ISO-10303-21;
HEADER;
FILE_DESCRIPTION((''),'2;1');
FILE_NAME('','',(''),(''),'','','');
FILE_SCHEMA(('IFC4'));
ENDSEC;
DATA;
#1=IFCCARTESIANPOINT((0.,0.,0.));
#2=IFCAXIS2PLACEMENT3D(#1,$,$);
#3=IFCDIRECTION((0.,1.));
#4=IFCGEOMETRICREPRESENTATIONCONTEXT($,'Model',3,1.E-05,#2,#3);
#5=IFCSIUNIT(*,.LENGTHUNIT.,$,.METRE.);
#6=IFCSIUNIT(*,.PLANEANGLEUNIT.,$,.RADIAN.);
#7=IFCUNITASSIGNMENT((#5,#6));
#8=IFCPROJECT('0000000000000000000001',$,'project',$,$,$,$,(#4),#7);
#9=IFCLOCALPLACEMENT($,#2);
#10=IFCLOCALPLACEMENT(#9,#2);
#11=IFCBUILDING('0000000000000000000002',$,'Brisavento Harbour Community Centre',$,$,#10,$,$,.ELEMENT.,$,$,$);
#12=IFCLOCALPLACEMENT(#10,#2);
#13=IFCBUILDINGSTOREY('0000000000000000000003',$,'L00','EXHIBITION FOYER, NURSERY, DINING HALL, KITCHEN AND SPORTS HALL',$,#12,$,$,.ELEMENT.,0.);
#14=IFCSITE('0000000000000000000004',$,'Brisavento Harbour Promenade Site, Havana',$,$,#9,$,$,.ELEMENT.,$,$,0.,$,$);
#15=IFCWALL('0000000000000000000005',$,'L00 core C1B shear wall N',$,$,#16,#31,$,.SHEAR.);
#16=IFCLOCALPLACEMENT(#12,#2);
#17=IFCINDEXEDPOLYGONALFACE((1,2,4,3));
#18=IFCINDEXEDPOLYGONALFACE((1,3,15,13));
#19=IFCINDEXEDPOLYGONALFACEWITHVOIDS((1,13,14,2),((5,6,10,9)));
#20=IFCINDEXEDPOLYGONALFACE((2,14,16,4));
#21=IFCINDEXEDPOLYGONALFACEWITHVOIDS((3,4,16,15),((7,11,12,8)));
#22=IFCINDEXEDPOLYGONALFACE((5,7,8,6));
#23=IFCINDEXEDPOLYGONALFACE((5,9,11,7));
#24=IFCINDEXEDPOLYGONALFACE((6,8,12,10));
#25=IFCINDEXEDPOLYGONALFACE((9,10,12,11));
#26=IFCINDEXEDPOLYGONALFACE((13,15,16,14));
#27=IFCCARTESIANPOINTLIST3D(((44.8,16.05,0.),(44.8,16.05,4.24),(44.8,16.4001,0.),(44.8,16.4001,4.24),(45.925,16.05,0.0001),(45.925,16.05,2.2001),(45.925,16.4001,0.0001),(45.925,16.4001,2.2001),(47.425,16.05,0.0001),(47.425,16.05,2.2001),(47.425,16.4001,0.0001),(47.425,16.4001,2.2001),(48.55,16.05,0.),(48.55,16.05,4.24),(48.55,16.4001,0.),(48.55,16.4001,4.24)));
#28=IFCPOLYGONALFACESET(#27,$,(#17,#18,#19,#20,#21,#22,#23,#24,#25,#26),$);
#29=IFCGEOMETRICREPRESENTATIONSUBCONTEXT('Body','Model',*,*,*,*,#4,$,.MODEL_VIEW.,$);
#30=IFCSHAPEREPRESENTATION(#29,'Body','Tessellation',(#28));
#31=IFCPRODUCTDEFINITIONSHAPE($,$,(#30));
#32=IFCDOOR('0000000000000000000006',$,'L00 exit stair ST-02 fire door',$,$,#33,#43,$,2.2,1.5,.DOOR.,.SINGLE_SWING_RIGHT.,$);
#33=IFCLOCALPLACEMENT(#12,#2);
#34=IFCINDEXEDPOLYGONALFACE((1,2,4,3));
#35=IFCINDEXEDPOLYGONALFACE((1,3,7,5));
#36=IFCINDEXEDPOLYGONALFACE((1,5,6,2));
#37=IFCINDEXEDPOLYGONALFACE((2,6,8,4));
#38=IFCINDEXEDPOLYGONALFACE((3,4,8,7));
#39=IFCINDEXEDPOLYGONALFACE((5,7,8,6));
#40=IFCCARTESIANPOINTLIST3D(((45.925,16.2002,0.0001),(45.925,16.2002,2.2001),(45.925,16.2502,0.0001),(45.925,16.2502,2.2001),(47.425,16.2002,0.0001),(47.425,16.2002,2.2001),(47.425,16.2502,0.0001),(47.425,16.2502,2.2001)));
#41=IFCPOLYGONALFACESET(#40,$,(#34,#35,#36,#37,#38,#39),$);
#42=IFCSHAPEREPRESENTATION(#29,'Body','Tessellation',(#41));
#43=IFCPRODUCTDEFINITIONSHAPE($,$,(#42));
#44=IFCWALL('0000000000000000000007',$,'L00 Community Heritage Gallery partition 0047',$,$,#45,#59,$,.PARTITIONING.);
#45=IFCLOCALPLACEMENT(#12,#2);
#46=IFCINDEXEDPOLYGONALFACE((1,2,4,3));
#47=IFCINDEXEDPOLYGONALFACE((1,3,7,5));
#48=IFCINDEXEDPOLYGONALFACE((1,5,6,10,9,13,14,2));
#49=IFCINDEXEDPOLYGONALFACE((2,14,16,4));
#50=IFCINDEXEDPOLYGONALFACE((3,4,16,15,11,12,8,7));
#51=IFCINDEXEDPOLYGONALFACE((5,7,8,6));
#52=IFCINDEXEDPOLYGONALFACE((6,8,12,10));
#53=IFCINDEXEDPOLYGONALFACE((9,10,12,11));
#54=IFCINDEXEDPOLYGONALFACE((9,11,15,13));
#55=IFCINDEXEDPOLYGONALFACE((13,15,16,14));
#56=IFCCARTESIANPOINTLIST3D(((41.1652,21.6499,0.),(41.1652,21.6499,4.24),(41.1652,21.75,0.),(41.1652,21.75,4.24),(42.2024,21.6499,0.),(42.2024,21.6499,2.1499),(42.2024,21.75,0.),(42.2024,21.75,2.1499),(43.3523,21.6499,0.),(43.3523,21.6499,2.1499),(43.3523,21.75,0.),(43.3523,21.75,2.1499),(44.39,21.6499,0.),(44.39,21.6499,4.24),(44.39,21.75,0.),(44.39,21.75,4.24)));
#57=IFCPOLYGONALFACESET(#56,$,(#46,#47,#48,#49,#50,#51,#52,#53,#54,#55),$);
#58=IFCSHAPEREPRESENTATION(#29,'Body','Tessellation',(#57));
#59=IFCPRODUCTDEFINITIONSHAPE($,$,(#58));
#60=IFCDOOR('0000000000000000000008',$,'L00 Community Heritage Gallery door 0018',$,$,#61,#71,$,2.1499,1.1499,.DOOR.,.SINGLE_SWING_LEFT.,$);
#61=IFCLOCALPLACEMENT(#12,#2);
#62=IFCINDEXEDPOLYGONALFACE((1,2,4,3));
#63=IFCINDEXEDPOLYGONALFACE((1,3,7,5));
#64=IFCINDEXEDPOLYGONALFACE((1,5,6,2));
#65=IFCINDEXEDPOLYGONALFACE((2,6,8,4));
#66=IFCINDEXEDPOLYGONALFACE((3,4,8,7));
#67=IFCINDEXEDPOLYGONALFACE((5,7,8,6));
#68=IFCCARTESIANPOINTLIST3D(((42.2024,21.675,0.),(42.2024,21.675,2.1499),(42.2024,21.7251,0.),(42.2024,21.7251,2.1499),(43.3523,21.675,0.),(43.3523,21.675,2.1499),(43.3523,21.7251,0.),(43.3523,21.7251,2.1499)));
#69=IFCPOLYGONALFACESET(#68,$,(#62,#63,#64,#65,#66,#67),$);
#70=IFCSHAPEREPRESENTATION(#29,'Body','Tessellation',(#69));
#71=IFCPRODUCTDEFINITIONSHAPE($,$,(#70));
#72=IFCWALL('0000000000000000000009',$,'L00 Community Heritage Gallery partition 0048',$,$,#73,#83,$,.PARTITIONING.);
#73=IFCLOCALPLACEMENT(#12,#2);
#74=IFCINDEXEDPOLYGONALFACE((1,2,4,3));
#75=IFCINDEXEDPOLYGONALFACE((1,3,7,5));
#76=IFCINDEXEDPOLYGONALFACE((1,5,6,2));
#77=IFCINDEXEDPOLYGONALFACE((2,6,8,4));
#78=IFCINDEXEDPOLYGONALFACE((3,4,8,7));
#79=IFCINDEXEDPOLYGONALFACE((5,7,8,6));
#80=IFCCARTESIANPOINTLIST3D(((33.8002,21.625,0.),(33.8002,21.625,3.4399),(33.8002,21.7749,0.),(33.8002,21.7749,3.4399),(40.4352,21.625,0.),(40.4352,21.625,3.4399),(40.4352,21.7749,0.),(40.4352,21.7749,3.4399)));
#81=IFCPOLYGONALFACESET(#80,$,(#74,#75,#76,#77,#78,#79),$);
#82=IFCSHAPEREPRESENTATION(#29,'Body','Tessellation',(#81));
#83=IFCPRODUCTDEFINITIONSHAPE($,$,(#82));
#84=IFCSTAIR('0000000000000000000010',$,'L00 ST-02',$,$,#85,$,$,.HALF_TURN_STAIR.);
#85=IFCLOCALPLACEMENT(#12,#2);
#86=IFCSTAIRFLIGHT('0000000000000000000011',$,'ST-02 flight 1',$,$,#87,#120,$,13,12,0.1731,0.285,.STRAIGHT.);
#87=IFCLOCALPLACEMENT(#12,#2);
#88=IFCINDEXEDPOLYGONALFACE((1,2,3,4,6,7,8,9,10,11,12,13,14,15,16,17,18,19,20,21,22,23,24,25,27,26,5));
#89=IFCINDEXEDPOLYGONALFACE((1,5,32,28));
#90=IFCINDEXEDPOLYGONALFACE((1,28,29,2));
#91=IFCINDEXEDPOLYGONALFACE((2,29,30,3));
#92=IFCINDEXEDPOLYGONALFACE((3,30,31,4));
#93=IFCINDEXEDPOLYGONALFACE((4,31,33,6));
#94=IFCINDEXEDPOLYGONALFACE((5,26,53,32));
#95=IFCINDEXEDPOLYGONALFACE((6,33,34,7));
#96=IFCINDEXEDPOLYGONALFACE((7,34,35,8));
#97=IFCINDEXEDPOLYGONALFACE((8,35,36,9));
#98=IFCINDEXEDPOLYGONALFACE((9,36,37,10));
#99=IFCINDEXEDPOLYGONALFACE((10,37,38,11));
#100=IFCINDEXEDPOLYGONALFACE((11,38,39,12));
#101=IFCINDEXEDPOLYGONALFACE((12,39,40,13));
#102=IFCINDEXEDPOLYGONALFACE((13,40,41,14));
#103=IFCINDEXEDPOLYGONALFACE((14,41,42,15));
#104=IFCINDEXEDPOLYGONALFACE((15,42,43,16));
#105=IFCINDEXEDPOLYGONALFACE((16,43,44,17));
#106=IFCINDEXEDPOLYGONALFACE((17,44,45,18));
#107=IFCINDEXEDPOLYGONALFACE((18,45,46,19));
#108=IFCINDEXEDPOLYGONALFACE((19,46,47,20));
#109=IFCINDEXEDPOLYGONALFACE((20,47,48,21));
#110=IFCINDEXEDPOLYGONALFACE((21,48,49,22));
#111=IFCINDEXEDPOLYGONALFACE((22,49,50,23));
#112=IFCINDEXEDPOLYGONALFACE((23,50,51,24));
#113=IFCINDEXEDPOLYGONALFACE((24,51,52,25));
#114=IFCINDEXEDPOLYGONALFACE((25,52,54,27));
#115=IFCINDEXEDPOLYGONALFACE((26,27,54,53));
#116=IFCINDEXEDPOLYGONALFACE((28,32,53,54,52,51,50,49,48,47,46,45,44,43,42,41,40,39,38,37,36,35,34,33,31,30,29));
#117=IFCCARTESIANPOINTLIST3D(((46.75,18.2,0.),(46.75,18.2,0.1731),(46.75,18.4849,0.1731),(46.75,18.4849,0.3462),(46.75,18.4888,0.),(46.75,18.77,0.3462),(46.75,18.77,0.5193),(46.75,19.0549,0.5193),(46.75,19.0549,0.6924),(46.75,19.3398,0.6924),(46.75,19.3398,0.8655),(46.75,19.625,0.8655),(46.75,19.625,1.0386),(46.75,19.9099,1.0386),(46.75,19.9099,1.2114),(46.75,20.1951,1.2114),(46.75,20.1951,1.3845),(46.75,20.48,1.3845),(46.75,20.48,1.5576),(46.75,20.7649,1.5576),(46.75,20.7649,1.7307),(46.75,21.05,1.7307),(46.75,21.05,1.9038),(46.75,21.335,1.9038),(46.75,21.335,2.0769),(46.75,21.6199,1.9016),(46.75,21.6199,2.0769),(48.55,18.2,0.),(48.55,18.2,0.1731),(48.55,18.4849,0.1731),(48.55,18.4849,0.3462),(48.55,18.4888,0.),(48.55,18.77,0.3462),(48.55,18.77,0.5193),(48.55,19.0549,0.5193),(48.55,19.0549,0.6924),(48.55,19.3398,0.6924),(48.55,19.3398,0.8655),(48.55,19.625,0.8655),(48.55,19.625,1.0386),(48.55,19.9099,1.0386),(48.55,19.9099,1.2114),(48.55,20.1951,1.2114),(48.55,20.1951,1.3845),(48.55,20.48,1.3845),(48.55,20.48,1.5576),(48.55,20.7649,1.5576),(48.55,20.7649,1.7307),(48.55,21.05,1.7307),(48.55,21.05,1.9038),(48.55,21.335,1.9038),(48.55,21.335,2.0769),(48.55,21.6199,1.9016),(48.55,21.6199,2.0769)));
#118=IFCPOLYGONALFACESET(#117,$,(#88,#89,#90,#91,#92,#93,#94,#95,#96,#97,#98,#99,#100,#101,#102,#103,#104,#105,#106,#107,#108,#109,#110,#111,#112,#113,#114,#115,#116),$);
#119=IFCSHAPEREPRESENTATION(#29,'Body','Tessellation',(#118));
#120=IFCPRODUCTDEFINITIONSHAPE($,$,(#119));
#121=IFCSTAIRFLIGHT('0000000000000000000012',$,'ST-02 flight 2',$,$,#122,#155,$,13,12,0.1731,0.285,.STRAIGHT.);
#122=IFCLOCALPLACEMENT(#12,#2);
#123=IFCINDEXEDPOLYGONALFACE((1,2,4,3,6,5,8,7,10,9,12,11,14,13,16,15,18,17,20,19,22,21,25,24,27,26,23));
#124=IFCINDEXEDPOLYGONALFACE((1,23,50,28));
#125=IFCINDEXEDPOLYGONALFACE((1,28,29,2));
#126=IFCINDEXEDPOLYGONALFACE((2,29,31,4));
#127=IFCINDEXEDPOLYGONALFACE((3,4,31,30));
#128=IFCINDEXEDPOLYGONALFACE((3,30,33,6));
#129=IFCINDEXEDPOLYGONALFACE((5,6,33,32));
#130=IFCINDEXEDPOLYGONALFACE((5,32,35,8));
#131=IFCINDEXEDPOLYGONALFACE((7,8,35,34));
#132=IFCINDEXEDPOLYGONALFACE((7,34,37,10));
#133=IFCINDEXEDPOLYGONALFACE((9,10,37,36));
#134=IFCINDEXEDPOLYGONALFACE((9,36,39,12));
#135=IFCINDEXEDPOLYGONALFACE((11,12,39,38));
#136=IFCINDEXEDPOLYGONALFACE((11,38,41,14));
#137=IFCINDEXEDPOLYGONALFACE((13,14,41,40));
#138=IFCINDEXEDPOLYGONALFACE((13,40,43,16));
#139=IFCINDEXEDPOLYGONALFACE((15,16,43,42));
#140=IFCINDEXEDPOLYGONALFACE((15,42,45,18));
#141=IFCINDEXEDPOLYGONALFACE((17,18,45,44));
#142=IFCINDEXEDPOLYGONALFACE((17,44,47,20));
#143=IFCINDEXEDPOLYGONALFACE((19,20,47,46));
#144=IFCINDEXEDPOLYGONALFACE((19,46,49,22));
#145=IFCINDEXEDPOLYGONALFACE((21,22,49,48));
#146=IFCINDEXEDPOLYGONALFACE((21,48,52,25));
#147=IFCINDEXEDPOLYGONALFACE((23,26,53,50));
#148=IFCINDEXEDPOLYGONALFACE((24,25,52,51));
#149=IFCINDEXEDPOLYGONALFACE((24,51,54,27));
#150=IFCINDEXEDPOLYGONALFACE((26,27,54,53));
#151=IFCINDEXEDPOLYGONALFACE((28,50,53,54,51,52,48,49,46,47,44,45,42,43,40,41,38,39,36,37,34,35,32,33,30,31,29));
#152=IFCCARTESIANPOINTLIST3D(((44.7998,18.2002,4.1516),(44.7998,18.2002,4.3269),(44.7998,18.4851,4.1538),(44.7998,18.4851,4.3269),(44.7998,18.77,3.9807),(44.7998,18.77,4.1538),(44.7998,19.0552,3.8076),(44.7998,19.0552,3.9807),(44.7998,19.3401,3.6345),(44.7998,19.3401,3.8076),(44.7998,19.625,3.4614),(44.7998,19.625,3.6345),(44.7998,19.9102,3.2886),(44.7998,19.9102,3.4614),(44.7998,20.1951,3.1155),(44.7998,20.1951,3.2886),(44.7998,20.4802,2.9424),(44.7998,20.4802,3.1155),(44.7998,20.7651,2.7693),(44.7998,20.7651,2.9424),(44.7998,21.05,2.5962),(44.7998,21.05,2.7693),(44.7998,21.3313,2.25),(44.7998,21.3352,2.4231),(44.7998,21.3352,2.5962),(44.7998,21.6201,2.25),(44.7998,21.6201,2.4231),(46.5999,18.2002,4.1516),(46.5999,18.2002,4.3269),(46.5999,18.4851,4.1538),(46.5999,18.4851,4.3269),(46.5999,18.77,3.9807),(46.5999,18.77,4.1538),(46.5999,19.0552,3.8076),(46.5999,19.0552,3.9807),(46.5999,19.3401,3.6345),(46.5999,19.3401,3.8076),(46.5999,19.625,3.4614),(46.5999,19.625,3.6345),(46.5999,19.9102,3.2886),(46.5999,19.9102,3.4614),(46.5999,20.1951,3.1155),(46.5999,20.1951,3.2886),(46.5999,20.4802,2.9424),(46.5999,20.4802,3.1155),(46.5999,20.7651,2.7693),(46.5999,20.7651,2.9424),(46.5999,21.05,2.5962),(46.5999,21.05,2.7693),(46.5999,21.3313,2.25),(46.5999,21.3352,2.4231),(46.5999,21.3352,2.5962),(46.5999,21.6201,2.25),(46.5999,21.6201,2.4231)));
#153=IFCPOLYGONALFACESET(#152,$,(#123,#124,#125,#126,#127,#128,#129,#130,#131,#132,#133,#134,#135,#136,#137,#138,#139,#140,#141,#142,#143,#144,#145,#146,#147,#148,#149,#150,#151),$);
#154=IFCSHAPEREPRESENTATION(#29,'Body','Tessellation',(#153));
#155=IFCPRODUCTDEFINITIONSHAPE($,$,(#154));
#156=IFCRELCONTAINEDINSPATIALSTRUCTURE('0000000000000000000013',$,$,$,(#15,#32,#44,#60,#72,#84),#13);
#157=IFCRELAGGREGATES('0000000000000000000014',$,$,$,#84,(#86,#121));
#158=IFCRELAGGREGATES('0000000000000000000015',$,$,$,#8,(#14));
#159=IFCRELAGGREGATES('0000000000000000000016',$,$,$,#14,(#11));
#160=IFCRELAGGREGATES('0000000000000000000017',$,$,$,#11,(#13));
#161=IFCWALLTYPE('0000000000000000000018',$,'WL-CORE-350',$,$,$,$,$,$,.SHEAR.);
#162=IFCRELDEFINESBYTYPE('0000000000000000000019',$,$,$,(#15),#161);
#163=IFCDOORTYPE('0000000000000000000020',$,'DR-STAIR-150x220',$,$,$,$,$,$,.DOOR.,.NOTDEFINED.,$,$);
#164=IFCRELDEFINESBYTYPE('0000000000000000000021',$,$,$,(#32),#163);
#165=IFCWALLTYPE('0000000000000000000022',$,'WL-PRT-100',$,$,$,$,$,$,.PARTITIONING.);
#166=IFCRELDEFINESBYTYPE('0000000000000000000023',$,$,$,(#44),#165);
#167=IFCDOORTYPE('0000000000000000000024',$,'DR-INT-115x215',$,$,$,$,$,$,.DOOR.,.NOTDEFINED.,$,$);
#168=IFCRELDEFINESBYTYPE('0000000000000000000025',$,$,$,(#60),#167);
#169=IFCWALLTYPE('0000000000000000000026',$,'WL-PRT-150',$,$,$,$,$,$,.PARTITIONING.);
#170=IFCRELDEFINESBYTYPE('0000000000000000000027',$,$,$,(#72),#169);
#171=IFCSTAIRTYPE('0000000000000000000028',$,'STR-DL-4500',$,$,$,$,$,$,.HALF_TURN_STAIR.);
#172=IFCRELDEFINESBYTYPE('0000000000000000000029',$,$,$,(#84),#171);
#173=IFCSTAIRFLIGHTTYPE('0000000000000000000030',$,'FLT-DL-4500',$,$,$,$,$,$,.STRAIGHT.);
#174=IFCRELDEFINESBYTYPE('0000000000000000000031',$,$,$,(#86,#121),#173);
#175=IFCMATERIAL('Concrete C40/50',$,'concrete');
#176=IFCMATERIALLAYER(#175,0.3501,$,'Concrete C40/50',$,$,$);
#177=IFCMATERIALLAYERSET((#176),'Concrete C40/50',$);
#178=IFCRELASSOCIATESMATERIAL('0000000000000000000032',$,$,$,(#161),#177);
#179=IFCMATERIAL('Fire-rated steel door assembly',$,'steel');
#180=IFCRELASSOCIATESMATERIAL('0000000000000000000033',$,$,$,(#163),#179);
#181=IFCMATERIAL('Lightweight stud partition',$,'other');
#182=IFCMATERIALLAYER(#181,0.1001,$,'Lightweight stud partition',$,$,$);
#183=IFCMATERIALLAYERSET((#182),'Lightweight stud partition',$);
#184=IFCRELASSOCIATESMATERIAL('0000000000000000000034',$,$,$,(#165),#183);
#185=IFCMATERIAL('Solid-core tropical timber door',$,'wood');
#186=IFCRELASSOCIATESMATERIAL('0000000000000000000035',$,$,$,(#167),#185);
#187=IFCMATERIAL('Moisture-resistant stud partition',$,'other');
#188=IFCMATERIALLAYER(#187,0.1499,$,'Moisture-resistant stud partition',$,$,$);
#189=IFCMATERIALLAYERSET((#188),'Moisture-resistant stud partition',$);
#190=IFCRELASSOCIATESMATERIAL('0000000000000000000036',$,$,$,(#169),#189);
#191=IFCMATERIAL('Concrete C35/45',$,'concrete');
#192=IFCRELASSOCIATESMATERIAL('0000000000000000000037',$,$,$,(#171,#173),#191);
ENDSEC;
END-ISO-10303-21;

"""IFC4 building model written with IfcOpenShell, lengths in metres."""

from ifc_helpers import new_model, si_unit, direction, frame, frame_2d, origin, place, context, subcontext, project, spatial, polyline, rectangle, outline, extrude, material, layer, layer_set, type_object, element, fill, aggregate, save


model = new_model("IFC4")

# Units and contexts
model_context = context("Model", 3, precision=1e-05, world=origin(), true_north=direction((0.0, 1.0)))
body_context = subcontext(model_context, "Body", "Model", "MODEL_VIEW")
ifc_project = project(units=[si_unit("LENGTHUNIT", "METRE"), si_unit("PLANEANGLEUNIT", "RADIAN")], contexts=[model_context])

# Site, building, storey
site_placement = place(None, origin())
site = spatial("IfcSite", under=ifc_project, at=site_placement, Name="Brisavento Harbour Promenade Site, Havana", CompositionType="ELEMENT", RefElevation=0.0)
building_placement = place(site_placement, origin())
building = spatial("IfcBuilding", under=site, at=building_placement, Name="Brisavento Harbour Community Centre", CompositionType="ELEMENT")
storey_placement = place(building_placement, origin())
storey = spatial("IfcBuildingStorey", under=building, at=storey_placement, Name="L00", Description="EXHIBITION FOYER, NURSERY, DINING HALL, KITCHEN AND SPORTS HALL", CompositionType="ELEMENT", Elevation=0.0)

# Shared definitions
ifc_material_1 = material(Name="Concrete C40/50", Category="concrete")

# Shared definitions
ifc_material_2 = material(Name="Concrete C35/45", Category="concrete")

# Shared definitions
ifc_layer_1 = layer(ifc_material_1, 0.3501, Name="Concrete C40/50")
ifc_layer_set_1 = layer_set([ifc_layer_1], Name="Concrete C40/50")
wall_type_1 = type_object("IfcWallType", Name="WL-CORE-350", PredefinedType="SHEAR", material=ifc_layer_set_1)

# Walls, openings, doors
wall_1_placement = place(storey_placement, frame((48.55, 16.2251, 0.0), z_axis=(0.0, 0.0, 1.0), x_axis=(-1.0, 0.0, 0.0)))
wall_1 = element("IfcWall", 1, at=wall_1_placement, inside=storey, type_object=wall_type_1, Name="L00 core C1B shear wall N", PredefinedType="SHEAR", context=body_context, shape_type="SweptSolid", body=[
    extrude(rectangle(XDim=3.75, YDim=0.3501, at=frame_2d((1.875, 0.0))), origin(), (0.0, 0.0, 1.0), 4.24),
])
opening_1_placement = place(wall_1_placement, frame((1.125, 0.0, 0.0)))
opening_1 = element("IfcOpeningElement", 2, at=opening_1_placement, cuts=wall_1, PredefinedType="OPENING", context=body_context, shape_type="SweptSolid", body=[
    extrude(rectangle(XDim=1.5, YDim=2.2, at=frame_2d((0.75, 1.1001))), frame((0.0, 0.1851, 0.0), z_axis=(0.0, -1.0, 0.0), x_axis=(1.0, 0.0, 0.0)), (0.0, 0.0, 1.0), 0.3701),
])
ifc_material_3 = material(Name="Fire-rated steel door assembly", Category="steel")
door_type_1 = type_object("IfcDoorType", Name="DR-STAIR-150x220", OperationType="NOTDEFINED", PredefinedType="DOOR", material=ifc_material_3)
door_1_placement = place(opening_1_placement, origin())
door_1 = element("IfcDoor", 3, at=door_1_placement, inside=storey, type_object=door_type_1, Name="L00 exit stair ST-02 fire door", OperationType="SINGLE_SWING_RIGHT", OverallHeight=2.2, OverallWidth=1.5, PredefinedType="DOOR", context=body_context, shape_type="SweptSolid", body=[
    extrude(rectangle(XDim=1.5, YDim=2.2, at=frame_2d((0.75, 1.1001))), frame((0.0, 0.0249, 0.0), z_axis=(0.0, -1.0, 0.0), x_axis=(1.0, 0.0, 0.0)), (0.0, 0.0, 1.0), 0.05),
])
fill(opening_1, door_1)
ifc_material_4 = material(Name="Lightweight stud partition", Category="other")
ifc_layer_2 = layer(ifc_material_4, 0.1001, Name="Lightweight stud partition")
ifc_layer_set_2 = layer_set([ifc_layer_2], Name="Lightweight stud partition")
wall_type_2 = type_object("IfcWallType", Name="WL-PRT-100", PredefinedType="PARTITIONING", material=ifc_layer_set_2)
wall_2_placement = place(storey_placement, frame((44.3899, 21.7, 0.0), z_axis=(0.0, 0.0, 1.0), x_axis=(-1.0, 0.0, 0.0)))
wall_2 = element("IfcWall", 4, at=wall_2_placement, inside=storey, type_object=wall_type_2, Name="L00 Community Heritage Gallery partition 0047", PredefinedType="PARTITIONING", context=body_context, shape_type="SweptSolid", body=[
    extrude(rectangle(XDim=3.2249, YDim=0.1001, at=frame_2d((1.6123, 0.0))), origin(), (0.0, 0.0, 1.0), 4.24),
])
opening_2_placement = place(wall_2_placement, frame((1.0376, 0.0, 0.0)))
opening_2 = element("IfcOpeningElement", 5, at=opening_2_placement, cuts=wall_2, PredefinedType="OPENING", context=body_context, shape_type="SweptSolid", body=[
    extrude(rectangle(XDim=1.1499, YDim=2.1499, at=frame_2d((0.575, 1.075))), frame((0.0, 0.0601, 0.0), z_axis=(0.0, -1.0, 0.0), x_axis=(1.0, 0.0, 0.0)), (0.0, 0.0, 1.0), 0.1201),
])
ifc_material_5 = material(Name="Solid-core tropical timber door", Category="wood")
door_type_2 = type_object("IfcDoorType", Name="DR-INT-115x215", OperationType="NOTDEFINED", PredefinedType="DOOR", material=ifc_material_5)
door_2_placement = place(opening_2_placement, origin())
door_2 = element("IfcDoor", 6, at=door_2_placement, inside=storey, type_object=door_type_2, Name="L00 Community Heritage Gallery door 0018", OperationType="SINGLE_SWING_LEFT", OverallHeight=2.1499, OverallWidth=1.1499, PredefinedType="DOOR", context=body_context, shape_type="SweptSolid", body=[
    extrude(rectangle(XDim=1.1499, YDim=2.1499, at=frame_2d((0.575, 1.075))), frame((0.0, 0.0249, 0.0), z_axis=(0.0, -1.0, 0.0), x_axis=(1.0, 0.0, 0.0)), (0.0, 0.0, 1.0), 0.05),
])
fill(opening_2, door_2)

# Wall
ifc_material_6 = material(Name="Moisture-resistant stud partition", Category="other")
ifc_layer_3 = layer(ifc_material_6, 0.1499, Name="Moisture-resistant stud partition")
ifc_layer_set_3 = layer_set([ifc_layer_3], Name="Moisture-resistant stud partition")
wall_type_3 = type_object("IfcWallType", Name="WL-PRT-150", PredefinedType="PARTITIONING", material=ifc_layer_set_3)
wall_3_placement = place(storey_placement, frame((40.4351, 21.7, 0.0), z_axis=(0.0, 0.0, 1.0), x_axis=(-1.0, 0.0, 0.0)))
element("IfcWall", 7, at=wall_3_placement, inside=storey, type_object=wall_type_3, Name="L00 Community Heritage Gallery partition 0048", PredefinedType="PARTITIONING", context=body_context, shape_type="SweptSolid", body=[
    extrude(rectangle(XDim=6.635, YDim=0.1499, at=frame_2d((3.3174, 0.0))), origin(), (0.0, 0.0, 1.0), 3.4399),
])

# Stair, stair flights
stair_type = type_object("IfcStairType", Name="STR-DL-4500", PredefinedType="HALF_TURN_STAIR", material=ifc_material_2)
stair_placement = place(storey_placement, origin())
stair = element("IfcStair", 8, at=stair_placement, inside=storey, type_object=stair_type, Name="L00 ST-02", PredefinedType="HALF_TURN_STAIR")
stair_flight_type = type_object("IfcStairFlightType", Name="FLT-DL-4500", PredefinedType="STRAIGHT", material=ifc_material_2)
stair_flight_1_placement = place(storey_placement, frame((47.6499, 18.2, 0.0), z_axis=(0.0, 0.0, 1.0), x_axis=(0.0, 1.0, 0.0)))
stair_flight_1 = element("IfcStairFlight", 9, at=stair_flight_1_placement, type_object=stair_flight_type, Name="ST-02 flight 1", NumberOfRisers=13, NumberOfTreads=12, PredefinedType="STRAIGHT", RiserHeight=0.1731, TreadLength=0.285, context=body_context, shape_type="SweptSolid", body=[
    extrude(outline(polyline([(0.0, 0.0), (0.0, 0.1731), (0.2849, 0.1731), (0.2849, 0.3462), (0.5701, 0.3462), (0.5701, 0.5193), (0.855, 0.5193), (0.855, 0.6924), (1.1399, 0.6924), (1.1399, 0.8655), (1.425, 0.8655), (1.425, 1.0386), (1.71, 1.0386), (1.71, 1.2114), (1.9951, 1.2114), (1.9951, 1.3845), (2.28, 1.3845), (2.28, 1.5576), (2.5649, 1.5576), (2.5649, 1.7307), (2.8501, 1.7307), (2.8501, 1.9038), (3.135, 1.9038), (3.135, 2.0769), (3.4199, 2.0769), (3.4199, 2.25), (3.4199, 1.9016), (0.2888, 0.0), (0.0, 0.0)])), frame((0.0, 0.8999, 0.0), z_axis=(0.0, -1.0, 0.0), x_axis=(1.0, 0.0, 0.0)), (0.0, 0.0, 1.0), 1.8),
])
stair_flight_2_placement = place(storey_placement, frame((45.7, 21.6201, 2.25), z_axis=(0.0, 0.0, 1.0), x_axis=(0.0, -1.0, 0.0)))
stair_flight_2 = element("IfcStairFlight", 10, at=stair_flight_2_placement, type_object=stair_flight_type, Name="ST-02 flight 2", NumberOfRisers=13, NumberOfTreads=12, PredefinedType="STRAIGHT", RiserHeight=0.1731, TreadLength=0.285, context=body_context, shape_type="SweptSolid", body=[
    extrude(outline(polyline([(0.0, 0.0), (0.0, 0.1731), (0.2849, 0.1731), (0.2849, 0.3462), (0.5701, 0.3462), (0.5701, 0.5193), (0.855, 0.5193), (0.855, 0.6924), (1.1399, 0.6924), (1.1399, 0.8655), (1.425, 0.8655), (1.425, 1.0386), (1.71, 1.0386), (1.71, 1.2114), (1.9951, 1.2114), (1.9951, 1.3845), (2.28, 1.3845), (2.28, 1.5576), (2.5649, 1.5576), (2.5649, 1.7307), (2.8501, 1.7307), (2.8501, 1.9038), (3.135, 1.9038), (3.135, 2.0769), (3.4199, 2.0769), (3.4199, 2.25), (3.4199, 1.9016), (0.2888, 0.0), (0.0, 0.0)])), frame((0.0, 0.8999, 0.0), z_axis=(0.0, -1.0, 0.0), x_axis=(1.0, 0.0, 0.0)), (0.0, 0.0, 1.0), 1.8),
])
aggregate(stair, [stair_flight_1, stair_flight_2])

save(model, "model.ifc")
